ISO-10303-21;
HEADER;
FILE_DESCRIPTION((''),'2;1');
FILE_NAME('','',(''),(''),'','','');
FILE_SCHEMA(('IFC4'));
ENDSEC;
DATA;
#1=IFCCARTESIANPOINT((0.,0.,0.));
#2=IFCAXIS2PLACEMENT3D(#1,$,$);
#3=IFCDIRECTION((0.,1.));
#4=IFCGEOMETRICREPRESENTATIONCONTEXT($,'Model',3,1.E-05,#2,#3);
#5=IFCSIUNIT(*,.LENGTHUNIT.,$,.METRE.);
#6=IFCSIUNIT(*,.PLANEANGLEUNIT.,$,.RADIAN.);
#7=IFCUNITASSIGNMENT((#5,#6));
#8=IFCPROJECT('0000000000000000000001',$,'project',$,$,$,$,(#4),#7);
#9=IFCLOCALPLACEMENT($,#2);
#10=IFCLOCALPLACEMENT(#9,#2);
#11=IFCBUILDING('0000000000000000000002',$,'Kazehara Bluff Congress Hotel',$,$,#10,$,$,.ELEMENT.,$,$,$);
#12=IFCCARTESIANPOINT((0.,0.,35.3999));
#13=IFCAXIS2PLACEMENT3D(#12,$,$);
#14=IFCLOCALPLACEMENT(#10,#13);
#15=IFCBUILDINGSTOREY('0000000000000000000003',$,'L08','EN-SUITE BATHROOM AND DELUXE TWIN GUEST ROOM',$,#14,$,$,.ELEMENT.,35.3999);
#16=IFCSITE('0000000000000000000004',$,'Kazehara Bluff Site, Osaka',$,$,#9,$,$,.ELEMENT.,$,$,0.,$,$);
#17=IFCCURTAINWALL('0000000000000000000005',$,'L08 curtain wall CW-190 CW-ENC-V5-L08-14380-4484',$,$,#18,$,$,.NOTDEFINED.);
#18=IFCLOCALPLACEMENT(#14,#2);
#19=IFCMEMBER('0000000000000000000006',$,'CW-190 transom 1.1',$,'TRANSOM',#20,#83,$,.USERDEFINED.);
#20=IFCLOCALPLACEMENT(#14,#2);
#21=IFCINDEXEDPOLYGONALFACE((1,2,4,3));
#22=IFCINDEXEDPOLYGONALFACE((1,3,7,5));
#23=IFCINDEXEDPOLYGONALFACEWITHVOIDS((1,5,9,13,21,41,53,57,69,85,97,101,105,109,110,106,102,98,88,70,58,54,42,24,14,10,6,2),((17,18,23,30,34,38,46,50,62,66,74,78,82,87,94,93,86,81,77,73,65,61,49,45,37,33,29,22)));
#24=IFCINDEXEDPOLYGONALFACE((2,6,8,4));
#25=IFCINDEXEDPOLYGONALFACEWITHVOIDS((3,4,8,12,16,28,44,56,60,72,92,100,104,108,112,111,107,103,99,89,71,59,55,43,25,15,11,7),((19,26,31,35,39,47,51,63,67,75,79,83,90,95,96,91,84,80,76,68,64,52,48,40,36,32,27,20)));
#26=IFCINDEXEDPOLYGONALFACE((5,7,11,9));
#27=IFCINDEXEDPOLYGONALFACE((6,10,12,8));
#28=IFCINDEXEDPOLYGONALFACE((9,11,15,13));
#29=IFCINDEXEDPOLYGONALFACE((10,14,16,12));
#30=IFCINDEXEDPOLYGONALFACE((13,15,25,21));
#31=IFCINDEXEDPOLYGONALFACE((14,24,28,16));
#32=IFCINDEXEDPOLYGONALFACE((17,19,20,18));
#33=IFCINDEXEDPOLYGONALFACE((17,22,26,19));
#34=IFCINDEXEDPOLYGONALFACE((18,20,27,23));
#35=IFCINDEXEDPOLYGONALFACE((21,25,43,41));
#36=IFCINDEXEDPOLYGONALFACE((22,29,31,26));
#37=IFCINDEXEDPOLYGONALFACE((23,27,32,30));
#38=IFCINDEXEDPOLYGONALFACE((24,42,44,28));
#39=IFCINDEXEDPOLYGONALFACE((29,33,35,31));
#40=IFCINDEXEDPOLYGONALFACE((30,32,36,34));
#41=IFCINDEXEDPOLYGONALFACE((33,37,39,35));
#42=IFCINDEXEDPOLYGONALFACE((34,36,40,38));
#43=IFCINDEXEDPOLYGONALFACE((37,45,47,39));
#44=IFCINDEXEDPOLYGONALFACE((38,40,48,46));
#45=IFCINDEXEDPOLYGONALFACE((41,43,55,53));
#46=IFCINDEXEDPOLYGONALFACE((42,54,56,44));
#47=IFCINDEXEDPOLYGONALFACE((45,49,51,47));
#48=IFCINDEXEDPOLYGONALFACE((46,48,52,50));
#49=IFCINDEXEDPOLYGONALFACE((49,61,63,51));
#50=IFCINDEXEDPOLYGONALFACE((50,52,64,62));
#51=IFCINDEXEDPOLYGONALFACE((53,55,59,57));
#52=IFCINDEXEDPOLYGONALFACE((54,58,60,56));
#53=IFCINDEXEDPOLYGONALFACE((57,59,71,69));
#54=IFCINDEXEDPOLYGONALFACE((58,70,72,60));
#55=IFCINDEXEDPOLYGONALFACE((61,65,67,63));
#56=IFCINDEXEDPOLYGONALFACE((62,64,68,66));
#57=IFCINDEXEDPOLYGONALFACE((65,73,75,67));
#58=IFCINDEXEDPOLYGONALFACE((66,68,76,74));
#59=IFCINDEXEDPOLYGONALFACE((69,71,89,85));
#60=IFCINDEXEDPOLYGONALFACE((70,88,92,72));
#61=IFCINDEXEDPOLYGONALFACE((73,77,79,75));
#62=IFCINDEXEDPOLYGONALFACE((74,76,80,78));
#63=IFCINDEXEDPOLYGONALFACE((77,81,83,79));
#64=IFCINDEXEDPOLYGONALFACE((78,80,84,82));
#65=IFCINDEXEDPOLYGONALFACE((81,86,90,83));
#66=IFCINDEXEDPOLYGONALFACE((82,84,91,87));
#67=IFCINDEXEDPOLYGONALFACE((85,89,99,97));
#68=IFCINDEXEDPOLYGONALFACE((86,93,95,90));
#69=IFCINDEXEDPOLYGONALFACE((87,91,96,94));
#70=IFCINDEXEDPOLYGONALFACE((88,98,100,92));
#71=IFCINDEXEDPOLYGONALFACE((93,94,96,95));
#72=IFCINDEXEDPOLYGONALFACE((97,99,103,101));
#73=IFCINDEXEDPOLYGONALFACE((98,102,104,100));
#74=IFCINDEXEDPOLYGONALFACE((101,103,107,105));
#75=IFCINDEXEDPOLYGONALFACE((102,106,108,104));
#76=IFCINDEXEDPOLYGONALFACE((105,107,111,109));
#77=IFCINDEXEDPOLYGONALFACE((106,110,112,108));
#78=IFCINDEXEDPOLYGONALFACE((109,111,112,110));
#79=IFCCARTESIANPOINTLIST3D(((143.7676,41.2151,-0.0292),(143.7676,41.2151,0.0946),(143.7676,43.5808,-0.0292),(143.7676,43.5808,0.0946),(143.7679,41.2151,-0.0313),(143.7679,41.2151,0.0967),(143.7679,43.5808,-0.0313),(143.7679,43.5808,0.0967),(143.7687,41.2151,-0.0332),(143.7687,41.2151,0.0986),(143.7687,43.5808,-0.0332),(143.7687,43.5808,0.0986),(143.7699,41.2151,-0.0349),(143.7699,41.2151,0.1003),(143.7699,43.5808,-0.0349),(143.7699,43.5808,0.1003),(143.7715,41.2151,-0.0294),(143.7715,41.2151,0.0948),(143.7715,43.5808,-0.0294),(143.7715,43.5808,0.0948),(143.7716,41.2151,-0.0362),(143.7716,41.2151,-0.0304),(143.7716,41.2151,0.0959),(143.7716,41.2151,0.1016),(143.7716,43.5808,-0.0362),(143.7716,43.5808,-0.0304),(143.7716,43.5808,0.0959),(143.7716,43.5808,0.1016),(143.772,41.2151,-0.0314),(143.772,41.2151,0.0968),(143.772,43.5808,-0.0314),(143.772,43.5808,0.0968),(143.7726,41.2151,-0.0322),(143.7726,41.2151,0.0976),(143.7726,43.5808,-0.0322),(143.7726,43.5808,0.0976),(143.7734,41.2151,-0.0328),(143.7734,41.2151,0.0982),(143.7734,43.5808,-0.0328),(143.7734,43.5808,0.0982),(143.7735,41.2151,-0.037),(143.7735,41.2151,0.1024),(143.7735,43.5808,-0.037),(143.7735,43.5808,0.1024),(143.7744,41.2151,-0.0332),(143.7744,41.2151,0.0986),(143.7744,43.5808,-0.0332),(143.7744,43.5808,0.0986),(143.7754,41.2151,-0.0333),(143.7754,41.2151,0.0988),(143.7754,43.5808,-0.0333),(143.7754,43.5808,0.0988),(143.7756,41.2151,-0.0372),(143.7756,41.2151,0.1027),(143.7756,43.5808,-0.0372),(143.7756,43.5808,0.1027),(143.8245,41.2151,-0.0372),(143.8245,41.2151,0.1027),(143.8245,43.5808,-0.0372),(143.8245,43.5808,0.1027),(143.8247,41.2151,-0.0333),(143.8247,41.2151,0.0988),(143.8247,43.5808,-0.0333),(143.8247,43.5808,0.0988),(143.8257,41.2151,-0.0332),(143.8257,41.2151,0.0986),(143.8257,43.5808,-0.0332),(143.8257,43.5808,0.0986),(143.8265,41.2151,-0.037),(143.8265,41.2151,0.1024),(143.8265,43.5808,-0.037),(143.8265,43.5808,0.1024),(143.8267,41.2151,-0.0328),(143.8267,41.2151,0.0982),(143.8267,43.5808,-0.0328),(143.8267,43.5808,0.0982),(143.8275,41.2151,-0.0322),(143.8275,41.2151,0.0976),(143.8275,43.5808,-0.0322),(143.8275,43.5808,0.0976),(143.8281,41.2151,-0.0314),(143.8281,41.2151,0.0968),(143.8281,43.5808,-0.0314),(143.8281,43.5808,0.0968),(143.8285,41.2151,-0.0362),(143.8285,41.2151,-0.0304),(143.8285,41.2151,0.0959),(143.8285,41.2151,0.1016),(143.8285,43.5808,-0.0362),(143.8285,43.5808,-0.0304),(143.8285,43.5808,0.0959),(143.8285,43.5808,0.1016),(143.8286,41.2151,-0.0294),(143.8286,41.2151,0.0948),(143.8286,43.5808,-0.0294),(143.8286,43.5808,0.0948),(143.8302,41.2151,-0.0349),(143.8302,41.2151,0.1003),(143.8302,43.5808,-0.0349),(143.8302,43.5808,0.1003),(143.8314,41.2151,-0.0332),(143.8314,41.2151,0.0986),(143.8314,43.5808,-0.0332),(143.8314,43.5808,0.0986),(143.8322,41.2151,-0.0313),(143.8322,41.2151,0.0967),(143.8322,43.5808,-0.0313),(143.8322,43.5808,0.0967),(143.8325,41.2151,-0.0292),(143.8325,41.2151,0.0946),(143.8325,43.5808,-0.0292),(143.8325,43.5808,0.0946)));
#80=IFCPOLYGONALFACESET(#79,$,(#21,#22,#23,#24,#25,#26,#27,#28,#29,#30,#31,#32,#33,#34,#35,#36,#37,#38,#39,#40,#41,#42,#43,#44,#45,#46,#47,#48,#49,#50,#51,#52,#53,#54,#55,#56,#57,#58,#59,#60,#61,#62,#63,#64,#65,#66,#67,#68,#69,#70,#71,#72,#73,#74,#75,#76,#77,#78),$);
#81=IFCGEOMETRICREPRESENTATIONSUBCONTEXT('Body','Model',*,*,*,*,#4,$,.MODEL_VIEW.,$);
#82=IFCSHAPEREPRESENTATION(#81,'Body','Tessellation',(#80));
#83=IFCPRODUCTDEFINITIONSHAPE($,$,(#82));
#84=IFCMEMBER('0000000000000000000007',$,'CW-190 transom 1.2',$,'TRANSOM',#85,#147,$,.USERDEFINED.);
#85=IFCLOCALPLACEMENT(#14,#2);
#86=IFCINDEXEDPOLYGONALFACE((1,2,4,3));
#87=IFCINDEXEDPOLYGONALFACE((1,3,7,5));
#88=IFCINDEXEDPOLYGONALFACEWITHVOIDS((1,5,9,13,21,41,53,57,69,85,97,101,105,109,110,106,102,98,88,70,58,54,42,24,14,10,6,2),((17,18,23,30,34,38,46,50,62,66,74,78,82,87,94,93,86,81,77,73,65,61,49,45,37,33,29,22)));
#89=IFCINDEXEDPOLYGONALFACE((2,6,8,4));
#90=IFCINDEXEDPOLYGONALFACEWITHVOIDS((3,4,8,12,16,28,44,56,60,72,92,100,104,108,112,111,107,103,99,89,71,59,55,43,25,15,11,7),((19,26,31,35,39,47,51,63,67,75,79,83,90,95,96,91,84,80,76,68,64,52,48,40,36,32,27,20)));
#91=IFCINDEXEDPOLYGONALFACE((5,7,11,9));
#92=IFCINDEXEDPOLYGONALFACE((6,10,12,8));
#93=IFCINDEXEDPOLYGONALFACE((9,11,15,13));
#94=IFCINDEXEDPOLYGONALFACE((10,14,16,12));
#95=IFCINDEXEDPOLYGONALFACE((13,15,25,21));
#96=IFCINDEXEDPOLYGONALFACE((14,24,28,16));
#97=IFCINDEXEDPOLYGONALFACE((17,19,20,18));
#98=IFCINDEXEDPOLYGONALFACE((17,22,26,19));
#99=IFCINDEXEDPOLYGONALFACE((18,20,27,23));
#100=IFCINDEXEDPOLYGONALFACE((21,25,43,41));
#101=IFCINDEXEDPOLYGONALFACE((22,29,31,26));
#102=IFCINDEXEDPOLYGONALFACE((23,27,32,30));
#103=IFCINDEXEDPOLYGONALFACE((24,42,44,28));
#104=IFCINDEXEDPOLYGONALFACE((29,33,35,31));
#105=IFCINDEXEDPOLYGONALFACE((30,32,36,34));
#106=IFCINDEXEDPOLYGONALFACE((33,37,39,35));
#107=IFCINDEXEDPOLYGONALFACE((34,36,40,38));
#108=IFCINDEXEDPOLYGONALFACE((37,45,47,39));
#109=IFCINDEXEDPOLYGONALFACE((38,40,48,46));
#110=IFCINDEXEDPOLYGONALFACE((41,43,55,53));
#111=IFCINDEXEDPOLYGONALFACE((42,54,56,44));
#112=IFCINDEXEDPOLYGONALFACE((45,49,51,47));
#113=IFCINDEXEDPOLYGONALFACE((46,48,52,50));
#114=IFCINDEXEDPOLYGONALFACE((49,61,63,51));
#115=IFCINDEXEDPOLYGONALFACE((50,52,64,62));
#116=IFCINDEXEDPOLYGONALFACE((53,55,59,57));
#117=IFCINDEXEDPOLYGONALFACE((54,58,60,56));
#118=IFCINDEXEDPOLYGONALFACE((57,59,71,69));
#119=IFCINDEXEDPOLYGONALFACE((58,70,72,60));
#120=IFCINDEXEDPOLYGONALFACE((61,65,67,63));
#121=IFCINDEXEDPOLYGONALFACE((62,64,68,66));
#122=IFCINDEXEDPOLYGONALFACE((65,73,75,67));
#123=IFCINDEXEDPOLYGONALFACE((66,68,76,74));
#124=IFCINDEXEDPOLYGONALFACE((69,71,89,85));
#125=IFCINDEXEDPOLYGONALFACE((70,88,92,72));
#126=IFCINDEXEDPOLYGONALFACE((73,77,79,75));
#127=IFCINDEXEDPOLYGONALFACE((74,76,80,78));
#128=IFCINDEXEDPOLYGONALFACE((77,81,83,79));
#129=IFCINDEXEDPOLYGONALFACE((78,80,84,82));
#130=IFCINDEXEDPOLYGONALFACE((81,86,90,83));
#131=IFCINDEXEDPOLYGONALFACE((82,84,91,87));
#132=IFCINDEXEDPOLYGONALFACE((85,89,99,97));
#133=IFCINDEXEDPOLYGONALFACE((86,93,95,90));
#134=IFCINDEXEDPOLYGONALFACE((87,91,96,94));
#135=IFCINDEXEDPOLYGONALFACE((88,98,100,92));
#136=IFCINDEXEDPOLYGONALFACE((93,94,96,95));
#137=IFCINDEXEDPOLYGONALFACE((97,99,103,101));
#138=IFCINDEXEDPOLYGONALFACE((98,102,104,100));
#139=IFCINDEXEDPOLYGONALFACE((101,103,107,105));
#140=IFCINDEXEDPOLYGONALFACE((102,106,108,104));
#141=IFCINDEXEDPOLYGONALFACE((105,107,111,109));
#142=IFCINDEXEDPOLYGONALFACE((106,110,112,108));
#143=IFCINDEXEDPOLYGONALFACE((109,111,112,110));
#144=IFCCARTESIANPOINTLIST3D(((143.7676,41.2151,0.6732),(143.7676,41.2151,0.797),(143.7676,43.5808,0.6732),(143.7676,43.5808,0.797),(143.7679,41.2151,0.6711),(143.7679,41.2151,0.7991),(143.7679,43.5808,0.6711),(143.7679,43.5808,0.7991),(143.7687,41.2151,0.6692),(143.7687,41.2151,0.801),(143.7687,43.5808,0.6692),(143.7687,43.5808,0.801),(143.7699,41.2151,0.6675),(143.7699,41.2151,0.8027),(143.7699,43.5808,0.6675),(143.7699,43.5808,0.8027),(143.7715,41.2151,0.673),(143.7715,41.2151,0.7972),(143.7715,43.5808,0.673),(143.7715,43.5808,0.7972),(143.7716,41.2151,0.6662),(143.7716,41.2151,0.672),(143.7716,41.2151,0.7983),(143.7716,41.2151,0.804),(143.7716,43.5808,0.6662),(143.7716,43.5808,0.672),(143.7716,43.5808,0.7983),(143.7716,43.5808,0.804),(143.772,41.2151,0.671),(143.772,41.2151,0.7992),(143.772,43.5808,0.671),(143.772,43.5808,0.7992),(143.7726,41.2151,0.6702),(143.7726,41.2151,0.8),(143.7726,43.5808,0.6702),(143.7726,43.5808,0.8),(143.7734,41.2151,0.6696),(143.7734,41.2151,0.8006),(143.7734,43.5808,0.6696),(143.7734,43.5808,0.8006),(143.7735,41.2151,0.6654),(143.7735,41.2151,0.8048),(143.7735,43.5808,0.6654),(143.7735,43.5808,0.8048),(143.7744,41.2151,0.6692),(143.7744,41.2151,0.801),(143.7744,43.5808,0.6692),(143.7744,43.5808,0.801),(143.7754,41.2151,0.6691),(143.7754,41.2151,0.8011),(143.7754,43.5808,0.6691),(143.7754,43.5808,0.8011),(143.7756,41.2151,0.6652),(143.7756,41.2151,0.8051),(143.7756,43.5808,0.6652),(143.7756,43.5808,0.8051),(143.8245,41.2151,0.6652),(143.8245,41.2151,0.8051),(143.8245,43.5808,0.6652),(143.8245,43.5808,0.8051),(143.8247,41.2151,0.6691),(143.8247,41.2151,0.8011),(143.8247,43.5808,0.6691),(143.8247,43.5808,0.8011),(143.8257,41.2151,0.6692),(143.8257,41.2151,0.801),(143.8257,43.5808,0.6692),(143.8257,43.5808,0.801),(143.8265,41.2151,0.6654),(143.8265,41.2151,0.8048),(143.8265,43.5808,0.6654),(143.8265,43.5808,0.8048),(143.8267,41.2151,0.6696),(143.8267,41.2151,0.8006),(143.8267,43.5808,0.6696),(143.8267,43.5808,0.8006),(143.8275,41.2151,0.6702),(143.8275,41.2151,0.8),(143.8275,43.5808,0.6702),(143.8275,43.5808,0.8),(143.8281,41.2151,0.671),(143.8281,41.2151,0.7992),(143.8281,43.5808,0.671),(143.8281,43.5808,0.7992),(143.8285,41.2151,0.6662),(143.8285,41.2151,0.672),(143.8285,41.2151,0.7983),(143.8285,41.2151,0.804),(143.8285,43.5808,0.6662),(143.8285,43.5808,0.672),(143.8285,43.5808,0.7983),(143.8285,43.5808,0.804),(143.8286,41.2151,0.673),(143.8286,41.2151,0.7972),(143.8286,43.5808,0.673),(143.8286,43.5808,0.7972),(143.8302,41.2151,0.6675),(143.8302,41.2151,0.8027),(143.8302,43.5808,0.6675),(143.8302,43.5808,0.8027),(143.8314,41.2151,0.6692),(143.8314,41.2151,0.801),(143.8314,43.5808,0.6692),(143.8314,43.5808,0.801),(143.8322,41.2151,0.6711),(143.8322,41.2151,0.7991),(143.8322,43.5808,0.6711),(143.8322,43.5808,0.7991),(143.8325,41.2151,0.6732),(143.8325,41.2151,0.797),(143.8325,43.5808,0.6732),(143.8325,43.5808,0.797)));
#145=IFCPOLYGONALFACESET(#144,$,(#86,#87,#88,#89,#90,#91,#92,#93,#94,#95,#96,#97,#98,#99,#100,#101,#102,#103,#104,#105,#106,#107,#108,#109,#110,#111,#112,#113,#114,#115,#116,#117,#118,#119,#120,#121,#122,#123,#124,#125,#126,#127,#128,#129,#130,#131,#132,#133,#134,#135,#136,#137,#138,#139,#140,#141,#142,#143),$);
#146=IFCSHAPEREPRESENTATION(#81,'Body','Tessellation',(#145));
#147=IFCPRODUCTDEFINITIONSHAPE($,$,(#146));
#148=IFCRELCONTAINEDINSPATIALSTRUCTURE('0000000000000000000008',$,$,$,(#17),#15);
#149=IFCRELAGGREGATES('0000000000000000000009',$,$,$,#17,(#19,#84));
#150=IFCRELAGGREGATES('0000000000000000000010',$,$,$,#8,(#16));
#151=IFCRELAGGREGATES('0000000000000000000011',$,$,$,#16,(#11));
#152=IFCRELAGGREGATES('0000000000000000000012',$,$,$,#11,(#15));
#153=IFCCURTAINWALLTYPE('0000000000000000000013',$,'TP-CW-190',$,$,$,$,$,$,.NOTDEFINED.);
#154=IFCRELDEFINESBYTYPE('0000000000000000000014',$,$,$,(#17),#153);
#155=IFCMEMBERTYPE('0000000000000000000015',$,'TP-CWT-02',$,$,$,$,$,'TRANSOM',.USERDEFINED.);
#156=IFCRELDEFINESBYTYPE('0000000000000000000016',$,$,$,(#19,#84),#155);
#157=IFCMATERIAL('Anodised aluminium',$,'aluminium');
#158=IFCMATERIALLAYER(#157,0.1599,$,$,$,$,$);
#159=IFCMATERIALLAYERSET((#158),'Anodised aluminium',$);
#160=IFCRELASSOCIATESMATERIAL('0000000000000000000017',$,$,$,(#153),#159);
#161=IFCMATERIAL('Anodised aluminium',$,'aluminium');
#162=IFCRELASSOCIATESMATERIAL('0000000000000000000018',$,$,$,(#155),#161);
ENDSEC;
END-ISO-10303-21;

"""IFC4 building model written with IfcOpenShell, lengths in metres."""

from ifc_helpers import new_model, si_unit, direction, frame, origin, origin_2d, place, context, subcontext, project, spatial, hollow_rectangle, extrude, material, layer, layer_set, material_profile, profile_set, type_object, element, aggregate, save


model = new_model("IFC4")

# Units and contexts
model_context = context("Model", 3, precision=1e-05, world=origin(), true_north=direction((0.0, 1.0)))
body_context = subcontext(model_context, "Body", "Model", "MODEL_VIEW")
ifc_project = project(units=[si_unit("LENGTHUNIT", "METRE"), si_unit("PLANEANGLEUNIT", "RADIAN")], contexts=[model_context])

# Site, building, storey
site_placement = place(None, origin())
site = spatial("IfcSite", under=ifc_project, at=site_placement, Name="Kazehara Bluff Site, Osaka", CompositionType="ELEMENT", RefElevation=0.0)
building_placement = place(site_placement, origin())
building = spatial("IfcBuilding", under=site, at=building_placement, Name="Kazehara Bluff Congress Hotel", CompositionType="ELEMENT")
storey_placement = place(building_placement, frame((0.0, 0.0, 35.3999)))
storey = spatial("IfcBuildingStorey", under=building, at=storey_placement, Name="L08", Description="EN-SUITE BATHROOM AND DELUXE TWIN GUEST ROOM", CompositionType="ELEMENT", Elevation=35.3999)

# Curtain wall, members
ifc_material_1 = material(Name="Anodised aluminium", Category="aluminium")
ifc_layer_1 = layer(ifc_material_1, 0.1599)
ifc_layer_set_1 = layer_set([ifc_layer_1], Name="Anodised aluminium")
curtain_wall_type = type_object("IfcCurtainWallType", Name="TP-CW-190", PredefinedType="NOTDEFINED", material=ifc_layer_set_1)
curtain_wall_placement = place(storey_placement, origin())
curtain_wall = element("IfcCurtainWall", 1, at=curtain_wall_placement, inside=storey, type_object=curtain_wall_type, Name="L08 curtain wall CW-190 CW-ENC-V5-L08-14380-4484", PredefinedType="NOTDEFINED")
ifc_material_2 = material(Name="Anodised aluminium", Category="aluminium")
ifc_material_profile_1 = material_profile(ifc_material_2, hollow_rectangle(XDim=0.0649, YDim=0.1399, WallThickness=0.0039, InnerFilletRadius=0.0039, OuterFilletRadius=0.0081, at=origin_2d()))
ifc_profile_set_1 = profile_set([ifc_material_profile_1], Name="Anodised aluminium")
member_type_1 = type_object("IfcMemberType", Name="TP-CWT-02", ElementType="TRANSOM", PredefinedType="USERDEFINED", material=ifc_profile_set_1)
member_1_placement = place(storey_placement, frame((143.8, 41.2151, 0.0327), z_axis=(0.0, 1.0, 0.0), x_axis=(-1.0, 0.0, 0.0)))
member_1 = element("IfcMember", 2, at=member_1_placement, type_object=member_type_1, Name="CW-190 transom 1.1", ObjectType="TRANSOM", PredefinedType="USERDEFINED", context=body_context, shape_type="SweptSolid", body=[
    extrude(hollow_rectangle(XDim=0.0649, YDim=0.1399, WallThickness=0.0039, InnerFilletRadius=0.0039, OuterFilletRadius=0.0081, at=origin_2d()), origin(), (0.0, 0.0, 1.0), 2.3657),
])
member_2_placement = place(storey_placement, frame((143.8, 41.2151, 0.7351), z_axis=(0.0, 1.0, 0.0), x_axis=(-1.0, 0.0, 0.0)))
member_2 = element("IfcMember", 3, at=member_2_placement, type_object=member_type_1, Name="CW-190 transom 1.2", ObjectType="TRANSOM", PredefinedType="USERDEFINED", context=body_context, shape_type="SweptSolid", body=[
    extrude(hollow_rectangle(XDim=0.0649, YDim=0.1399, WallThickness=0.0039, InnerFilletRadius=0.0039, OuterFilletRadius=0.0081, at=origin_2d()), origin(), (0.0, 0.0, 1.0), 2.3657),
])
aggregate(curtain_wall, [member_1, member_2])

save(model, "model.ifc")
